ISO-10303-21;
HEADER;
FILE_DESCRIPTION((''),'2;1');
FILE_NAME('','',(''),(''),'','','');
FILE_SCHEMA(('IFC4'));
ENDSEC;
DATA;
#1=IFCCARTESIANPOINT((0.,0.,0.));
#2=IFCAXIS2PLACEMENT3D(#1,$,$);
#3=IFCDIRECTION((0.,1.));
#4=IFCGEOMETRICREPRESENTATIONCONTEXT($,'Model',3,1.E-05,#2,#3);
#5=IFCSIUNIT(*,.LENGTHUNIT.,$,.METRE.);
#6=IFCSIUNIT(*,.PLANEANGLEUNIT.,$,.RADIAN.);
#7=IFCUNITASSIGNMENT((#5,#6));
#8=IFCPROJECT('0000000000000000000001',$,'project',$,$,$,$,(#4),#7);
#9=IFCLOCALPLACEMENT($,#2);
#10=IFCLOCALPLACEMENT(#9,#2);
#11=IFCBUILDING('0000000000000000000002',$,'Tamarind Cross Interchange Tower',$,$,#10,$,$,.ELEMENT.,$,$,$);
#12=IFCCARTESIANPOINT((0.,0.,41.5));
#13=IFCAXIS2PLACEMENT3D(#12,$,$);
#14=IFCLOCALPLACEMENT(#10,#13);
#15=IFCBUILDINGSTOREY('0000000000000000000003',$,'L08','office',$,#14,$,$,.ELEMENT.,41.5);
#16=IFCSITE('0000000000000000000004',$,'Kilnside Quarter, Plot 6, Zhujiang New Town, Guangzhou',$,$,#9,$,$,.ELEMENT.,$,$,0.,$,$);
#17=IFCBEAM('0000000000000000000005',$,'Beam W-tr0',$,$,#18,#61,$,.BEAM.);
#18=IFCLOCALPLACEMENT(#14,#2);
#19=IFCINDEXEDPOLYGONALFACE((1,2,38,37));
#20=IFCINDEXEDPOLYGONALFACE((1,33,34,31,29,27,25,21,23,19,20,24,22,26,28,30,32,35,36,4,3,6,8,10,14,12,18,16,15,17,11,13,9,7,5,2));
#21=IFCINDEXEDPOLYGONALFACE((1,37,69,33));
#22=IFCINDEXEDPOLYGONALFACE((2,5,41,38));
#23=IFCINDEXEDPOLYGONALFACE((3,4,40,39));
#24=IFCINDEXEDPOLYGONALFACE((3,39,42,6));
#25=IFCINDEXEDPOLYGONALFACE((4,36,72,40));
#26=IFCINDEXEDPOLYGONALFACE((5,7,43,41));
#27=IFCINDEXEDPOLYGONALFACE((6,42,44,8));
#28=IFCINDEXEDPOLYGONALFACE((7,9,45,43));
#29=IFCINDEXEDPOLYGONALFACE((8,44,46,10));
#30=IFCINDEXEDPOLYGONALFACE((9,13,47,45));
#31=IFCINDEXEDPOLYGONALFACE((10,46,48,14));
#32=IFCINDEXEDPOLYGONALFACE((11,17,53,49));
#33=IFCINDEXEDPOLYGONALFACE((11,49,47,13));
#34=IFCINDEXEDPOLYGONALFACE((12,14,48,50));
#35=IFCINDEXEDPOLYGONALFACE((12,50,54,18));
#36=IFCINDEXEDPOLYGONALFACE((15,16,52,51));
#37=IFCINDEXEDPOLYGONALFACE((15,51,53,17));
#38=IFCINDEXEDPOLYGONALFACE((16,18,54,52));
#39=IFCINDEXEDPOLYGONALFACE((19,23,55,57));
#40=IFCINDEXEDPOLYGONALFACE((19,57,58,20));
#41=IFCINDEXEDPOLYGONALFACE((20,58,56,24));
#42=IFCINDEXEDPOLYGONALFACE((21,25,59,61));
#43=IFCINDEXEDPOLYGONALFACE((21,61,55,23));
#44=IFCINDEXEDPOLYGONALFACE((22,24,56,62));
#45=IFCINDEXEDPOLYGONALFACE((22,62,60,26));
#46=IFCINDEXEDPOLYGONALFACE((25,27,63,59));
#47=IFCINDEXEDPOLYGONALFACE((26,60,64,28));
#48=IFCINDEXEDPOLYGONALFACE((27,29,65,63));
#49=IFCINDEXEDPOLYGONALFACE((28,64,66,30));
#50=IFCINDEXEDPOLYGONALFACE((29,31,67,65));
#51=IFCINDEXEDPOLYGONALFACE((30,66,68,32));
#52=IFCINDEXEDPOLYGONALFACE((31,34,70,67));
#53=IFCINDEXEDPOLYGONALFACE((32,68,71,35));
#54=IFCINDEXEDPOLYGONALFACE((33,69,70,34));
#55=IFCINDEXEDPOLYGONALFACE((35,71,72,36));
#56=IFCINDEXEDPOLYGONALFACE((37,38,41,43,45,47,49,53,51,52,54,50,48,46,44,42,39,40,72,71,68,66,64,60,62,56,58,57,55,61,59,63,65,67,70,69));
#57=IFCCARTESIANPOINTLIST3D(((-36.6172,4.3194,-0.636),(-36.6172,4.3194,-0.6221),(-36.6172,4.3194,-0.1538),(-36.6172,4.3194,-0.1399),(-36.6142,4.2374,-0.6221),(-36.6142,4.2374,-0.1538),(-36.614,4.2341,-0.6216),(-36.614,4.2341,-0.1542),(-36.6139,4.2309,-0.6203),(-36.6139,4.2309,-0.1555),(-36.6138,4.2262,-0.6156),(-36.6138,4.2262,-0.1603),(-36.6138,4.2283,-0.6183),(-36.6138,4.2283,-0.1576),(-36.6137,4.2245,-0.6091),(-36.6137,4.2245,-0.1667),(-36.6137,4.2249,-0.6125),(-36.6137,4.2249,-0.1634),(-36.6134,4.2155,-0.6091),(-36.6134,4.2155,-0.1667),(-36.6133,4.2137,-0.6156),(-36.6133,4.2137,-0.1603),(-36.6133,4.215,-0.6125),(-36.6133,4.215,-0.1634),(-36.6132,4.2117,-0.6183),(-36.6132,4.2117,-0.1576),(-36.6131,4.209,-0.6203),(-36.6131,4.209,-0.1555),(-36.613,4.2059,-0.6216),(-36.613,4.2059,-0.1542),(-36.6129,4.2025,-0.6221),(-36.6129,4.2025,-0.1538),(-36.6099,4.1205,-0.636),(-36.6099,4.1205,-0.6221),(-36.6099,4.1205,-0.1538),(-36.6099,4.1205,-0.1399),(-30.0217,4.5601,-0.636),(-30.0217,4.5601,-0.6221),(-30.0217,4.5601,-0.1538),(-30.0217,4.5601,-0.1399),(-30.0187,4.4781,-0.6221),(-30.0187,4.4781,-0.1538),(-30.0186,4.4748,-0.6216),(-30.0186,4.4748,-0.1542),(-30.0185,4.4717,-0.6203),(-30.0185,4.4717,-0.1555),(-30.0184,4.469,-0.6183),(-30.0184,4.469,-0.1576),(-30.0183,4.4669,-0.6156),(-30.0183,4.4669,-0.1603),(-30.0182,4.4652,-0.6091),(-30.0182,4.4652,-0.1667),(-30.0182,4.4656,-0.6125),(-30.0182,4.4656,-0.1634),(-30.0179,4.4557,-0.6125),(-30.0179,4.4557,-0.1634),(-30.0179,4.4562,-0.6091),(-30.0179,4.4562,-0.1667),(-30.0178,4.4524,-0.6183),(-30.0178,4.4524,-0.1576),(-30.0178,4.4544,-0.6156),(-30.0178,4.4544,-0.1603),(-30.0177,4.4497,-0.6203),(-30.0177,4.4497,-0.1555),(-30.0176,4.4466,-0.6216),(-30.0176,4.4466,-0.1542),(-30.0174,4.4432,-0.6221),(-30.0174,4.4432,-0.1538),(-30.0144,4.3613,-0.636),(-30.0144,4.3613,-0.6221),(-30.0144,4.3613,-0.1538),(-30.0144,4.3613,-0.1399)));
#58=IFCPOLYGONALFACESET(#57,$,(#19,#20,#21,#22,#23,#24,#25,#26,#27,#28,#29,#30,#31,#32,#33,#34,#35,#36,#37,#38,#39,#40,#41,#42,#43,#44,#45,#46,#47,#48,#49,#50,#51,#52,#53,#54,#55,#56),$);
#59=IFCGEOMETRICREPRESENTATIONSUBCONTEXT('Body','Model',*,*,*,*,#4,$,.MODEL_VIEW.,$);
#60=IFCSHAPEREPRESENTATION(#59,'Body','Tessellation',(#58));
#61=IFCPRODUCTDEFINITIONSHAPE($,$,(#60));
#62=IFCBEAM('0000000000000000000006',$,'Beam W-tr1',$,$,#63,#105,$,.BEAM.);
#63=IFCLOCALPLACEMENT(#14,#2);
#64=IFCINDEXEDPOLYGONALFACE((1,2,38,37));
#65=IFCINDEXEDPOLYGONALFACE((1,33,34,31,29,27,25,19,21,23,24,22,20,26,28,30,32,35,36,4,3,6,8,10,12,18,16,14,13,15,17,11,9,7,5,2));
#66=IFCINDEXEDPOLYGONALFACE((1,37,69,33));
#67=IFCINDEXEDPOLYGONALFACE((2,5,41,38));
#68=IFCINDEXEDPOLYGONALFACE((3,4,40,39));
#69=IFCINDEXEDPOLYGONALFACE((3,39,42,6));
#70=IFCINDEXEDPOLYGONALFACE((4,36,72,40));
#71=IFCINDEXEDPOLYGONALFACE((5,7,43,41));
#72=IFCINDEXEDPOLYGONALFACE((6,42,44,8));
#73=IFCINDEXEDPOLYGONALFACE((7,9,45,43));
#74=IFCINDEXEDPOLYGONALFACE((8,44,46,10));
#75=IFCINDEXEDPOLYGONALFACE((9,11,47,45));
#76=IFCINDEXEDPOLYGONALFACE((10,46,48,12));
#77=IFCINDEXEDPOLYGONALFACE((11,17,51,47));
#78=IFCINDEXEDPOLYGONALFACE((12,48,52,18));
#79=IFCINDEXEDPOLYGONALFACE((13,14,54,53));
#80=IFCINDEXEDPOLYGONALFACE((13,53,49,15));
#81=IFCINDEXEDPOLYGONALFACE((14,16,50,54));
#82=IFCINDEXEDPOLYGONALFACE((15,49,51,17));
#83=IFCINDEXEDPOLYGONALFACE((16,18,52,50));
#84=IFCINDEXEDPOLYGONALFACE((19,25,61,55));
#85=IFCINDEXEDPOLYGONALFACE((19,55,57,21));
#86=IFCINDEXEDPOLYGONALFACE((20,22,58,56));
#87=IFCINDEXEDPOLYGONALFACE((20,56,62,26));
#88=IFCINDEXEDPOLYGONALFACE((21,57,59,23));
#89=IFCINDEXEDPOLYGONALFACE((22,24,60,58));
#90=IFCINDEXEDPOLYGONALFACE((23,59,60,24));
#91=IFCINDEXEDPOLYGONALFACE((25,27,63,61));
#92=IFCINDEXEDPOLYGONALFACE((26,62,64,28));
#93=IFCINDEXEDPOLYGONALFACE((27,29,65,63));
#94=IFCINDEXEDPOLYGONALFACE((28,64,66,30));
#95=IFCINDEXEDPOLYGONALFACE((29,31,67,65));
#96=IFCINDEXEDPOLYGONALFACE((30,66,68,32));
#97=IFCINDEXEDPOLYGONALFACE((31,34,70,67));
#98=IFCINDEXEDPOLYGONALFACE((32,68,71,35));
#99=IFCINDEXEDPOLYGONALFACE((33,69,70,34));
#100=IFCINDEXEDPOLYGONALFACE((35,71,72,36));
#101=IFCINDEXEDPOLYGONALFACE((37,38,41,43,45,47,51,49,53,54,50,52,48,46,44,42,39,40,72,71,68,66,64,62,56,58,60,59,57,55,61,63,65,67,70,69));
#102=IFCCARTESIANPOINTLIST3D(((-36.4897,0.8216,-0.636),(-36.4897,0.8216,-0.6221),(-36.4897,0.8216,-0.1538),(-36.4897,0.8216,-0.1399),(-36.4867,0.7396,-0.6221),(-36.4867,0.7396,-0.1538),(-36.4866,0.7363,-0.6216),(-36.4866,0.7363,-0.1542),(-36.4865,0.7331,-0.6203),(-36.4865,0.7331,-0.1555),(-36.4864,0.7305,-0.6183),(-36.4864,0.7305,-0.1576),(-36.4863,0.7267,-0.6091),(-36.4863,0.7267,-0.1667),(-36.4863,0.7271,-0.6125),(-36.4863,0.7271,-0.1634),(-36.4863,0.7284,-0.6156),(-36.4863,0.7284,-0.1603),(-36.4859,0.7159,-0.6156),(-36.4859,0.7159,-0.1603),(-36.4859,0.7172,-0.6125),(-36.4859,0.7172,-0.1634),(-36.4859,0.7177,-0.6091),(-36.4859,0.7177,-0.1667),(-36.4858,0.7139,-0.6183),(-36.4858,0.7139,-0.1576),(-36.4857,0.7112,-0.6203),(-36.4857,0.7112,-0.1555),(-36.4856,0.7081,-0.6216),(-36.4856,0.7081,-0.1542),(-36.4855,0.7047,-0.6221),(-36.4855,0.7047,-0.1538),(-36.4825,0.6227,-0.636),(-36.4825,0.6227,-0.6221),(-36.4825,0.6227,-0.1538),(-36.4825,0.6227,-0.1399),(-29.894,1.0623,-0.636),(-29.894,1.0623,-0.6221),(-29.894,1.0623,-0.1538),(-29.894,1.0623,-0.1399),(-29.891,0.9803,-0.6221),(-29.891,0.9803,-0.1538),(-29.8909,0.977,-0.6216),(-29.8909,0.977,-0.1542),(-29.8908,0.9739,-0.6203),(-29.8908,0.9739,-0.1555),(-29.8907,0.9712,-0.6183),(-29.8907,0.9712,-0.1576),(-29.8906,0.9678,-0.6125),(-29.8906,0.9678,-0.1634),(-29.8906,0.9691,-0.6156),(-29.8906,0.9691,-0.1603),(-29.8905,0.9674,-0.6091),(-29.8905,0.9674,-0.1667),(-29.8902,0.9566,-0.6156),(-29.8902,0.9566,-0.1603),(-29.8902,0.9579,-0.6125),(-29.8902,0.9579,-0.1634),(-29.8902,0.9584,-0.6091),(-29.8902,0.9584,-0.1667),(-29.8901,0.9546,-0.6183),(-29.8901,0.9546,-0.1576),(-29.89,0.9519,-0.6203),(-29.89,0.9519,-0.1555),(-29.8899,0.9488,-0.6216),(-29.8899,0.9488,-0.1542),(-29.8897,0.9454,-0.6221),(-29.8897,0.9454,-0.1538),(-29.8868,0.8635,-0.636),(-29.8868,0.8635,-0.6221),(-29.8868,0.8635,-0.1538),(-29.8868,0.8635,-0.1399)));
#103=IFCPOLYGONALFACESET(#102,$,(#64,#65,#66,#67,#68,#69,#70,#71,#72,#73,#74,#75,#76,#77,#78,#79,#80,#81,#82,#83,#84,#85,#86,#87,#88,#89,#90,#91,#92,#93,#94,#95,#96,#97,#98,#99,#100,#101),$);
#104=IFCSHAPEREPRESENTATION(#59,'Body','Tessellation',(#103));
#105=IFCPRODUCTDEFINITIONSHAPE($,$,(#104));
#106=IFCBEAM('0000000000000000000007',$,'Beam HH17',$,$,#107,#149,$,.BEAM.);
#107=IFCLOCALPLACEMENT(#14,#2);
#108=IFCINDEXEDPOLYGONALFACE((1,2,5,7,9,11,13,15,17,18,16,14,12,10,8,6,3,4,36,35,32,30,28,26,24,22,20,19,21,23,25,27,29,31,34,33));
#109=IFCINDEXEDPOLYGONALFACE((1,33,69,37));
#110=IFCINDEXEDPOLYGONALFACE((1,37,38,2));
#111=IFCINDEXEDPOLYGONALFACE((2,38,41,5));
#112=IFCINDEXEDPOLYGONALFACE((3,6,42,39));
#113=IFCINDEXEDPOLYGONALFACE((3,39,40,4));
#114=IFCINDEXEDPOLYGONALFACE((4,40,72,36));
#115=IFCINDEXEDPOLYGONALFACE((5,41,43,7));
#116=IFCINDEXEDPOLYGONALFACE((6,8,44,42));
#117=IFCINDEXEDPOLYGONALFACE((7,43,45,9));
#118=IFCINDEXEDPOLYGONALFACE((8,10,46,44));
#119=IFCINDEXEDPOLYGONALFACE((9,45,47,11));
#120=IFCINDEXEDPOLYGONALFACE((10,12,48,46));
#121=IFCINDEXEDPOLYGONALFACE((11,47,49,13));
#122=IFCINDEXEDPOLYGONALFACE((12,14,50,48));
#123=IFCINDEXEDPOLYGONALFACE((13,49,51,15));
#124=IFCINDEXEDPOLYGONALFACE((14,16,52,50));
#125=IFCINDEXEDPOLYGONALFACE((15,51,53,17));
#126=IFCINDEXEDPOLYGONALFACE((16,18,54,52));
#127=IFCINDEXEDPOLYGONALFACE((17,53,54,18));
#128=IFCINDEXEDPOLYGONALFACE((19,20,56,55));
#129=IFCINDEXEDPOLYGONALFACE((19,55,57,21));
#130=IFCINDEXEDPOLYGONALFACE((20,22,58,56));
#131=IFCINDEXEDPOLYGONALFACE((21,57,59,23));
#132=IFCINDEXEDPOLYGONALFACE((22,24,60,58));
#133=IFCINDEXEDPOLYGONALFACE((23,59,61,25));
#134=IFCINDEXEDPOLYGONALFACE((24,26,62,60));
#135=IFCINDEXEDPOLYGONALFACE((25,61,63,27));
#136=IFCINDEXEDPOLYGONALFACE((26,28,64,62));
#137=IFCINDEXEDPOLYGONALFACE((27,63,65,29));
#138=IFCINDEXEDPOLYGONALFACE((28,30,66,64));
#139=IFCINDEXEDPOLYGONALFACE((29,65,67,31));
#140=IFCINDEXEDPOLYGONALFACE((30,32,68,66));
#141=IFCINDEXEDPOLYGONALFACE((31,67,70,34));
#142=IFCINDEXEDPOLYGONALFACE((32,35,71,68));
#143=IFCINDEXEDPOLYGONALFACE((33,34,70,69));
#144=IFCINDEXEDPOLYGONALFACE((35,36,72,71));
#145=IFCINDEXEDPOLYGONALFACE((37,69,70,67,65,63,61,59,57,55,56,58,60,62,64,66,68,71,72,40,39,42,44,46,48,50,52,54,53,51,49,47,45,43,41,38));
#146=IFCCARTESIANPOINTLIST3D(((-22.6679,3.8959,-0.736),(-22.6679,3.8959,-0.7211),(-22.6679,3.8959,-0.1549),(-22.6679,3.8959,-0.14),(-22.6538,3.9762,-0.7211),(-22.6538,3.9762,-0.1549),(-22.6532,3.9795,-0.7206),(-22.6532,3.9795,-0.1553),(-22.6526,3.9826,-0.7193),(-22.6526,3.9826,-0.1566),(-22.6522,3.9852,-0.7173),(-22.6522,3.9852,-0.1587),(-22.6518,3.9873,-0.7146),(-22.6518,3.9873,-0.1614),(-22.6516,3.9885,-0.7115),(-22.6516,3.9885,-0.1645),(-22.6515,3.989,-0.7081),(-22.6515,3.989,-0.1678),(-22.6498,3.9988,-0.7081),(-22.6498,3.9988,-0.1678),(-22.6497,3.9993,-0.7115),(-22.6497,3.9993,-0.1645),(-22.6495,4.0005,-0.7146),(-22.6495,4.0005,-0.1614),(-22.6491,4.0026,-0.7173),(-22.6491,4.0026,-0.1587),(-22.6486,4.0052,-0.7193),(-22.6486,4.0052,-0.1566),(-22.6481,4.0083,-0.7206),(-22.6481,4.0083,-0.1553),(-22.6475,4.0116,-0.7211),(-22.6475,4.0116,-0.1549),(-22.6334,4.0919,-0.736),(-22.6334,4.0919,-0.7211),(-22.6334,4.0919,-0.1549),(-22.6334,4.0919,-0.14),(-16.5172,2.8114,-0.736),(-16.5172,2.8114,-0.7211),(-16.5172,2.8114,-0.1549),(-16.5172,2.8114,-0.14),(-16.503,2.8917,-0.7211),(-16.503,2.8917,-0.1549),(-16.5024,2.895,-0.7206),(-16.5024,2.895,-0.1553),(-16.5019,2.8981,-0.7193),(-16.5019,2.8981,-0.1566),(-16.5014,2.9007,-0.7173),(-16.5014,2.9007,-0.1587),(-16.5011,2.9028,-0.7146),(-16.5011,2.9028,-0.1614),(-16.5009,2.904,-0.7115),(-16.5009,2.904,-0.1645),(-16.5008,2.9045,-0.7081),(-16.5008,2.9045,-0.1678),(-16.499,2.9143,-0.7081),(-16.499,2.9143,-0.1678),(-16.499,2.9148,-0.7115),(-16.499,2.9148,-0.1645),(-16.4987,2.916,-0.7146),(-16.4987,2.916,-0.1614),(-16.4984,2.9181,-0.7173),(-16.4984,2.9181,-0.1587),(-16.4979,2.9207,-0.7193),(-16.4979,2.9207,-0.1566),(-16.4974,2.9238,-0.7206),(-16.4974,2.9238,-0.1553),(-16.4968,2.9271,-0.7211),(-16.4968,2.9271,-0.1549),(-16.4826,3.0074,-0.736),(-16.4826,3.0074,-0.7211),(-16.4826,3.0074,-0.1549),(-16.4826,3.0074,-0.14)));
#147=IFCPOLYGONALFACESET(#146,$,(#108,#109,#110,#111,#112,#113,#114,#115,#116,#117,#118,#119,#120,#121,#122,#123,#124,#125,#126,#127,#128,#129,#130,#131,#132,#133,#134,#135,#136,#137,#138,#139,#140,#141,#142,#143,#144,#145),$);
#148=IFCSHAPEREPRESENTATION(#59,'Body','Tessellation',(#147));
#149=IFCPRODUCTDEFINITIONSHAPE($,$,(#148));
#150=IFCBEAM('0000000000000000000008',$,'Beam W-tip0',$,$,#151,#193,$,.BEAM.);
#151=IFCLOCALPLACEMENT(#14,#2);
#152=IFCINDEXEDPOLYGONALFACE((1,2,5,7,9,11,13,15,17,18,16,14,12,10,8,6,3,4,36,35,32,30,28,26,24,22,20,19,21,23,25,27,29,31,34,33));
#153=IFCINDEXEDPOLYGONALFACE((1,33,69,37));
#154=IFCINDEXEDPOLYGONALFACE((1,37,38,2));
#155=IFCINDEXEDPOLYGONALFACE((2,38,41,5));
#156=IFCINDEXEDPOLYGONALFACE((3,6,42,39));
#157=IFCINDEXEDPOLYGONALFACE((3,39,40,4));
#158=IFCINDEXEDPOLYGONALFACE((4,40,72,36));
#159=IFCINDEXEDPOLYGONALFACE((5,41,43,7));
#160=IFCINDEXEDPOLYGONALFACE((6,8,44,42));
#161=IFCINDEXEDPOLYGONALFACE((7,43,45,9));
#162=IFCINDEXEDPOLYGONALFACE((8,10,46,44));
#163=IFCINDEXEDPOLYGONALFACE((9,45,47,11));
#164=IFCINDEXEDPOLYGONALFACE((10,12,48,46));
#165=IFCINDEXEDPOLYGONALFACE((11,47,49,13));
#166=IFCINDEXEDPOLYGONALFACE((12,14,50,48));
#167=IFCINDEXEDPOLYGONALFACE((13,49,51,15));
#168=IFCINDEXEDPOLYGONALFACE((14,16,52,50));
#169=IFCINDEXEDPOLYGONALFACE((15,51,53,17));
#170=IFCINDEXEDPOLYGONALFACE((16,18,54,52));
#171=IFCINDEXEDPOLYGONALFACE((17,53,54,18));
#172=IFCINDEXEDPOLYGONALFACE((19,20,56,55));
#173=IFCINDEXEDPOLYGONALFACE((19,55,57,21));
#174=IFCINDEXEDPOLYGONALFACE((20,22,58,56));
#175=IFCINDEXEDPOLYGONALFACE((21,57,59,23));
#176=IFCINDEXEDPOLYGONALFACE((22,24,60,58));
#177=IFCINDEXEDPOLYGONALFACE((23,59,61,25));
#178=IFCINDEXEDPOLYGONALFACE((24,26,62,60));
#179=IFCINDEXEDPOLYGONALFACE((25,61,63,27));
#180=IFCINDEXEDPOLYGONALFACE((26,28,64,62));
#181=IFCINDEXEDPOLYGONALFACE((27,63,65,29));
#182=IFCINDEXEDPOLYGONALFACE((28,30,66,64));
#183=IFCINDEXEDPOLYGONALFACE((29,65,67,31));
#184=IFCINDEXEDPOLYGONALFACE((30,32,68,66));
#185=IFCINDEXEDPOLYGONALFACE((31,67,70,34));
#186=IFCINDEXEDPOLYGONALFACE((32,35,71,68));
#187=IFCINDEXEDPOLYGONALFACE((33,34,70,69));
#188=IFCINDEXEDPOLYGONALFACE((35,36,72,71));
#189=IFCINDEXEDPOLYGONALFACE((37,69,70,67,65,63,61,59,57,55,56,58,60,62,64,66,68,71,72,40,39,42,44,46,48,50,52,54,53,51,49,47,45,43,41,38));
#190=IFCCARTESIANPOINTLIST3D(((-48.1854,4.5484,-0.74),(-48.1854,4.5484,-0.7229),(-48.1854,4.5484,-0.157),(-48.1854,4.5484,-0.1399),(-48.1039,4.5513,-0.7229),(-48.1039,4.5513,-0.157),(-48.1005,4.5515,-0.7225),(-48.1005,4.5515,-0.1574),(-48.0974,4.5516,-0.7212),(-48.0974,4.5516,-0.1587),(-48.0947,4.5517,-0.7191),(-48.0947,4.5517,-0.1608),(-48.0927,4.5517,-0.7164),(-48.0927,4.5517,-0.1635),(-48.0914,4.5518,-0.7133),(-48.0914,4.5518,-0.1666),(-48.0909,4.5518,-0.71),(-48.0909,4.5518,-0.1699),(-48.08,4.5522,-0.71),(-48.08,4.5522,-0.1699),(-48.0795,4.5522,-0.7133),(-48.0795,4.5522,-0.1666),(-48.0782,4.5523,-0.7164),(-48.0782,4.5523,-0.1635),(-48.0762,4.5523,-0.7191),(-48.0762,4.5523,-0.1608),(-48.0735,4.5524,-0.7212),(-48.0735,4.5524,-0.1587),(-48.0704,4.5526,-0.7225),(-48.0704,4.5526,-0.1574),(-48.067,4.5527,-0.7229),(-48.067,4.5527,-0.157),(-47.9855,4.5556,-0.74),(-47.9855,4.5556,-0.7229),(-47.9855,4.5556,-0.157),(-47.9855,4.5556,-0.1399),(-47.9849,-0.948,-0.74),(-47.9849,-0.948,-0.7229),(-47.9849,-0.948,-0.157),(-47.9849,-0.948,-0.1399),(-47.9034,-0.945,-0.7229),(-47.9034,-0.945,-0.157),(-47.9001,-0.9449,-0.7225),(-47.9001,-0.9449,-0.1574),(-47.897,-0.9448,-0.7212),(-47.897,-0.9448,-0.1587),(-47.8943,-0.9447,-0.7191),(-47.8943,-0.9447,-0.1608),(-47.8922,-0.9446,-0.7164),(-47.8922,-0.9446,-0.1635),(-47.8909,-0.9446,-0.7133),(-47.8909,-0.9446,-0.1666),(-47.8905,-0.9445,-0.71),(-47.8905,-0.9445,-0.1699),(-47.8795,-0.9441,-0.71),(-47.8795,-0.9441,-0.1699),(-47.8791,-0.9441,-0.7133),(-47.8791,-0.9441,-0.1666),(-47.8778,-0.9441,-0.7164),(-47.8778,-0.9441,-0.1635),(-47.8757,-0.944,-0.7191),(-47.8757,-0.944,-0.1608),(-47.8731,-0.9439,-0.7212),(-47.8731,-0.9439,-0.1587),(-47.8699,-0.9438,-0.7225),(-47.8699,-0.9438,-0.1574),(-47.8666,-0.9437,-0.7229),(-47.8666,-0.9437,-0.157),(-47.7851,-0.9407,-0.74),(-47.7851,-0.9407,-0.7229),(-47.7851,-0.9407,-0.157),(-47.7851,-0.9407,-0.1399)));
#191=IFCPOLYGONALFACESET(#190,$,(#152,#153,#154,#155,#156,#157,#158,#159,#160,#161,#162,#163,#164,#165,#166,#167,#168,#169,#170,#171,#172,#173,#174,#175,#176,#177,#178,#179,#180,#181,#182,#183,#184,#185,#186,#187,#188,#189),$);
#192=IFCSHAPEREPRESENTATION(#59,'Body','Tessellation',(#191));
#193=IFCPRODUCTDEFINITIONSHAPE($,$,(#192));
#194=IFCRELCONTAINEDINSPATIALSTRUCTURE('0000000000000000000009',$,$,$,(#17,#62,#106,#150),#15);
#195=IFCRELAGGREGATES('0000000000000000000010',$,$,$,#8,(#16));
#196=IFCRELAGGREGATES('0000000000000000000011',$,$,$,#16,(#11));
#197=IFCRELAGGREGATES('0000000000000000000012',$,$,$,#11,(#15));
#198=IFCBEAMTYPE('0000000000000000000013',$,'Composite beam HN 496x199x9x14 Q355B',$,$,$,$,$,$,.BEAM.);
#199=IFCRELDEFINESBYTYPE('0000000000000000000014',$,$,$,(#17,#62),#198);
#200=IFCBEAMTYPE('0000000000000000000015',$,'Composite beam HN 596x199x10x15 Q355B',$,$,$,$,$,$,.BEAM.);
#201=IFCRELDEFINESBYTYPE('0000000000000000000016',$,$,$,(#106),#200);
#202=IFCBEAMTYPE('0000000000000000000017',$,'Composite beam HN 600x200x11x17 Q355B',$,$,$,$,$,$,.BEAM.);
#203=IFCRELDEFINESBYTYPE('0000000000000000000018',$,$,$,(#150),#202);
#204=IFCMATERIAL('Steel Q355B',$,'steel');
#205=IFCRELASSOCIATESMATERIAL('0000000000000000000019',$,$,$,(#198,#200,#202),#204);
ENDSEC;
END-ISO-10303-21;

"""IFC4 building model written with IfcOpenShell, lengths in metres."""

from ifc_helpers import new_model, si_unit, direction, frame, origin, origin_2d, place, context, subcontext, project, spatial, i_section, extrude, material, material_profile, profile_set, type_object, element, save


model = new_model("IFC4")

# Units and contexts
model_context = context("Model", 3, precision=1e-05, world=origin(), true_north=direction((0.0, 1.0)))
body_context = subcontext(model_context, "Body", "Model", "MODEL_VIEW")
ifc_project = project(units=[si_unit("LENGTHUNIT", "METRE"), si_unit("PLANEANGLEUNIT", "RADIAN")], contexts=[model_context])

# Site, building, storey
site_placement = place(None, origin())
site = spatial("IfcSite", under=ifc_project, at=site_placement, Name="Kilnside Quarter, Plot 6, Zhujiang New Town, Guangzhou", CompositionType="ELEMENT", RefElevation=0.0)
building_placement = place(site_placement, origin())
building = spatial("IfcBuilding", under=site, at=building_placement, Name="Tamarind Cross Interchange Tower", CompositionType="ELEMENT")
storey_placement = place(building_placement, frame((0.0, 0.0, 41.5)))
storey = spatial("IfcBuildingStorey", under=building, at=storey_placement, Name="L08", Description="office", CompositionType="ELEMENT", Elevation=41.5)

# Beams
ifc_material_1 = material(Name="Steel Q355B", Category="steel")
ifc_material_profile_1 = material_profile(ifc_material_1, i_section(OverallWidth=0.199, OverallDepth=0.4961, WebThickness=0.009, FlangeThickness=0.0139, FilletRadius=0.0129, at=origin_2d()), Name="HN 496x199x9x14")
ifc_profile_set_1 = profile_set([ifc_material_profile_1], Name="Steel Q355B")
beam_type_1 = type_object("IfcBeamType", Name="Composite beam HN 496x199x9x14 Q355B", PredefinedType="BEAM", material=ifc_profile_set_1)
beam_1_placement = place(storey_placement, frame((-30.0181, 4.4607, -0.3879), z_axis=(-0.999335, -0.036474, 0.0), x_axis=(0.036474, -0.999335, 0.0)))
element("IfcBeam", 1, at=beam_1_placement, inside=storey, type_object=beam_type_1, Name="Beam W-tr0", PredefinedType="BEAM", context=body_context, shape_type="SweptSolid", body=[
    extrude(i_section(OverallWidth=0.199, OverallDepth=0.4961, WebThickness=0.009, FlangeThickness=0.0139, FilletRadius=0.0129, at=origin_2d()), origin(), (0.0, 0.0, 1.0), 6.5999),
])
beam_2_placement = place(storey_placement, frame((-29.8904, 0.9629, -0.3879), z_axis=(-0.999335, -0.036473, 0.0), x_axis=(0.036473, -0.999335, 0.0)))
element("IfcBeam", 2, at=beam_2_placement, inside=storey, type_object=beam_type_1, Name="Beam W-tr1", PredefinedType="BEAM", context=body_context, shape_type="SweptSolid", body=[
    extrude(i_section(OverallWidth=0.199, OverallDepth=0.4961, WebThickness=0.009, FlangeThickness=0.0139, FilletRadius=0.0129, at=origin_2d()), origin(), (0.0, 0.0, 1.0), 6.6001),
])
ifc_material_profile_2 = material_profile(ifc_material_1, i_section(OverallWidth=0.199, OverallDepth=0.5959, WebThickness=0.01, FlangeThickness=0.0149, FilletRadius=0.0129, at=origin_2d()), Name="HN 596x199x10x15")
ifc_profile_set_2 = profile_set([ifc_material_profile_2], Name="Steel Q355B")
beam_type_2 = type_object("IfcBeamType", Name="Composite beam HN 596x199x10x15 Q355B", PredefinedType="BEAM", material=ifc_profile_set_2)
beam_3_placement = place(storey_placement, frame((-22.6506, 3.9939, -0.438), z_axis=(0.984809, -0.17364, 0.0), x_axis=(0.17364, 0.984809, 0.0)))
element("IfcBeam", 3, at=beam_3_placement, inside=storey, type_object=beam_type_2, Name="Beam HH17", PredefinedType="BEAM", context=body_context, shape_type="SweptSolid", body=[
    extrude(i_section(OverallWidth=0.199, OverallDepth=0.5959, WebThickness=0.01, FlangeThickness=0.0149, FilletRadius=0.0129, at=origin_2d()), origin(), (0.0, 0.0, 1.0), 6.2456),
])
ifc_material_profile_3 = material_profile(ifc_material_1, i_section(OverallWidth=0.2, OverallDepth=0.6001, WebThickness=0.011, FlangeThickness=0.0171, FilletRadius=0.0129, at=origin_2d()), Name="HN 600x200x11x17")
ifc_profile_set_3 = profile_set([ifc_material_profile_3], Name="Steel Q355B")
beam_type_3 = type_object("IfcBeamType", Name="Composite beam HN 600x200x11x17 Q355B", PredefinedType="BEAM", material=ifc_profile_set_3)
beam_4_placement = place(storey_placement, frame((-48.0854, 4.552, -0.4399), z_axis=(0.036444, -0.999336, 0.0), x_axis=(0.999336, 0.036444, 0.0)))
element("IfcBeam", 4, at=beam_4_placement, inside=storey, type_object=beam_type_3, Name="Beam W-tip0", PredefinedType="BEAM", context=body_context, shape_type="SweptSolid", body=[
    extrude(i_section(OverallWidth=0.2, OverallDepth=0.6001, WebThickness=0.011, FlangeThickness=0.0171, FilletRadius=0.0129, at=origin_2d()), origin(), (0.0, 0.0, 1.0), 5.5),
])

save(model, "model.ifc")
